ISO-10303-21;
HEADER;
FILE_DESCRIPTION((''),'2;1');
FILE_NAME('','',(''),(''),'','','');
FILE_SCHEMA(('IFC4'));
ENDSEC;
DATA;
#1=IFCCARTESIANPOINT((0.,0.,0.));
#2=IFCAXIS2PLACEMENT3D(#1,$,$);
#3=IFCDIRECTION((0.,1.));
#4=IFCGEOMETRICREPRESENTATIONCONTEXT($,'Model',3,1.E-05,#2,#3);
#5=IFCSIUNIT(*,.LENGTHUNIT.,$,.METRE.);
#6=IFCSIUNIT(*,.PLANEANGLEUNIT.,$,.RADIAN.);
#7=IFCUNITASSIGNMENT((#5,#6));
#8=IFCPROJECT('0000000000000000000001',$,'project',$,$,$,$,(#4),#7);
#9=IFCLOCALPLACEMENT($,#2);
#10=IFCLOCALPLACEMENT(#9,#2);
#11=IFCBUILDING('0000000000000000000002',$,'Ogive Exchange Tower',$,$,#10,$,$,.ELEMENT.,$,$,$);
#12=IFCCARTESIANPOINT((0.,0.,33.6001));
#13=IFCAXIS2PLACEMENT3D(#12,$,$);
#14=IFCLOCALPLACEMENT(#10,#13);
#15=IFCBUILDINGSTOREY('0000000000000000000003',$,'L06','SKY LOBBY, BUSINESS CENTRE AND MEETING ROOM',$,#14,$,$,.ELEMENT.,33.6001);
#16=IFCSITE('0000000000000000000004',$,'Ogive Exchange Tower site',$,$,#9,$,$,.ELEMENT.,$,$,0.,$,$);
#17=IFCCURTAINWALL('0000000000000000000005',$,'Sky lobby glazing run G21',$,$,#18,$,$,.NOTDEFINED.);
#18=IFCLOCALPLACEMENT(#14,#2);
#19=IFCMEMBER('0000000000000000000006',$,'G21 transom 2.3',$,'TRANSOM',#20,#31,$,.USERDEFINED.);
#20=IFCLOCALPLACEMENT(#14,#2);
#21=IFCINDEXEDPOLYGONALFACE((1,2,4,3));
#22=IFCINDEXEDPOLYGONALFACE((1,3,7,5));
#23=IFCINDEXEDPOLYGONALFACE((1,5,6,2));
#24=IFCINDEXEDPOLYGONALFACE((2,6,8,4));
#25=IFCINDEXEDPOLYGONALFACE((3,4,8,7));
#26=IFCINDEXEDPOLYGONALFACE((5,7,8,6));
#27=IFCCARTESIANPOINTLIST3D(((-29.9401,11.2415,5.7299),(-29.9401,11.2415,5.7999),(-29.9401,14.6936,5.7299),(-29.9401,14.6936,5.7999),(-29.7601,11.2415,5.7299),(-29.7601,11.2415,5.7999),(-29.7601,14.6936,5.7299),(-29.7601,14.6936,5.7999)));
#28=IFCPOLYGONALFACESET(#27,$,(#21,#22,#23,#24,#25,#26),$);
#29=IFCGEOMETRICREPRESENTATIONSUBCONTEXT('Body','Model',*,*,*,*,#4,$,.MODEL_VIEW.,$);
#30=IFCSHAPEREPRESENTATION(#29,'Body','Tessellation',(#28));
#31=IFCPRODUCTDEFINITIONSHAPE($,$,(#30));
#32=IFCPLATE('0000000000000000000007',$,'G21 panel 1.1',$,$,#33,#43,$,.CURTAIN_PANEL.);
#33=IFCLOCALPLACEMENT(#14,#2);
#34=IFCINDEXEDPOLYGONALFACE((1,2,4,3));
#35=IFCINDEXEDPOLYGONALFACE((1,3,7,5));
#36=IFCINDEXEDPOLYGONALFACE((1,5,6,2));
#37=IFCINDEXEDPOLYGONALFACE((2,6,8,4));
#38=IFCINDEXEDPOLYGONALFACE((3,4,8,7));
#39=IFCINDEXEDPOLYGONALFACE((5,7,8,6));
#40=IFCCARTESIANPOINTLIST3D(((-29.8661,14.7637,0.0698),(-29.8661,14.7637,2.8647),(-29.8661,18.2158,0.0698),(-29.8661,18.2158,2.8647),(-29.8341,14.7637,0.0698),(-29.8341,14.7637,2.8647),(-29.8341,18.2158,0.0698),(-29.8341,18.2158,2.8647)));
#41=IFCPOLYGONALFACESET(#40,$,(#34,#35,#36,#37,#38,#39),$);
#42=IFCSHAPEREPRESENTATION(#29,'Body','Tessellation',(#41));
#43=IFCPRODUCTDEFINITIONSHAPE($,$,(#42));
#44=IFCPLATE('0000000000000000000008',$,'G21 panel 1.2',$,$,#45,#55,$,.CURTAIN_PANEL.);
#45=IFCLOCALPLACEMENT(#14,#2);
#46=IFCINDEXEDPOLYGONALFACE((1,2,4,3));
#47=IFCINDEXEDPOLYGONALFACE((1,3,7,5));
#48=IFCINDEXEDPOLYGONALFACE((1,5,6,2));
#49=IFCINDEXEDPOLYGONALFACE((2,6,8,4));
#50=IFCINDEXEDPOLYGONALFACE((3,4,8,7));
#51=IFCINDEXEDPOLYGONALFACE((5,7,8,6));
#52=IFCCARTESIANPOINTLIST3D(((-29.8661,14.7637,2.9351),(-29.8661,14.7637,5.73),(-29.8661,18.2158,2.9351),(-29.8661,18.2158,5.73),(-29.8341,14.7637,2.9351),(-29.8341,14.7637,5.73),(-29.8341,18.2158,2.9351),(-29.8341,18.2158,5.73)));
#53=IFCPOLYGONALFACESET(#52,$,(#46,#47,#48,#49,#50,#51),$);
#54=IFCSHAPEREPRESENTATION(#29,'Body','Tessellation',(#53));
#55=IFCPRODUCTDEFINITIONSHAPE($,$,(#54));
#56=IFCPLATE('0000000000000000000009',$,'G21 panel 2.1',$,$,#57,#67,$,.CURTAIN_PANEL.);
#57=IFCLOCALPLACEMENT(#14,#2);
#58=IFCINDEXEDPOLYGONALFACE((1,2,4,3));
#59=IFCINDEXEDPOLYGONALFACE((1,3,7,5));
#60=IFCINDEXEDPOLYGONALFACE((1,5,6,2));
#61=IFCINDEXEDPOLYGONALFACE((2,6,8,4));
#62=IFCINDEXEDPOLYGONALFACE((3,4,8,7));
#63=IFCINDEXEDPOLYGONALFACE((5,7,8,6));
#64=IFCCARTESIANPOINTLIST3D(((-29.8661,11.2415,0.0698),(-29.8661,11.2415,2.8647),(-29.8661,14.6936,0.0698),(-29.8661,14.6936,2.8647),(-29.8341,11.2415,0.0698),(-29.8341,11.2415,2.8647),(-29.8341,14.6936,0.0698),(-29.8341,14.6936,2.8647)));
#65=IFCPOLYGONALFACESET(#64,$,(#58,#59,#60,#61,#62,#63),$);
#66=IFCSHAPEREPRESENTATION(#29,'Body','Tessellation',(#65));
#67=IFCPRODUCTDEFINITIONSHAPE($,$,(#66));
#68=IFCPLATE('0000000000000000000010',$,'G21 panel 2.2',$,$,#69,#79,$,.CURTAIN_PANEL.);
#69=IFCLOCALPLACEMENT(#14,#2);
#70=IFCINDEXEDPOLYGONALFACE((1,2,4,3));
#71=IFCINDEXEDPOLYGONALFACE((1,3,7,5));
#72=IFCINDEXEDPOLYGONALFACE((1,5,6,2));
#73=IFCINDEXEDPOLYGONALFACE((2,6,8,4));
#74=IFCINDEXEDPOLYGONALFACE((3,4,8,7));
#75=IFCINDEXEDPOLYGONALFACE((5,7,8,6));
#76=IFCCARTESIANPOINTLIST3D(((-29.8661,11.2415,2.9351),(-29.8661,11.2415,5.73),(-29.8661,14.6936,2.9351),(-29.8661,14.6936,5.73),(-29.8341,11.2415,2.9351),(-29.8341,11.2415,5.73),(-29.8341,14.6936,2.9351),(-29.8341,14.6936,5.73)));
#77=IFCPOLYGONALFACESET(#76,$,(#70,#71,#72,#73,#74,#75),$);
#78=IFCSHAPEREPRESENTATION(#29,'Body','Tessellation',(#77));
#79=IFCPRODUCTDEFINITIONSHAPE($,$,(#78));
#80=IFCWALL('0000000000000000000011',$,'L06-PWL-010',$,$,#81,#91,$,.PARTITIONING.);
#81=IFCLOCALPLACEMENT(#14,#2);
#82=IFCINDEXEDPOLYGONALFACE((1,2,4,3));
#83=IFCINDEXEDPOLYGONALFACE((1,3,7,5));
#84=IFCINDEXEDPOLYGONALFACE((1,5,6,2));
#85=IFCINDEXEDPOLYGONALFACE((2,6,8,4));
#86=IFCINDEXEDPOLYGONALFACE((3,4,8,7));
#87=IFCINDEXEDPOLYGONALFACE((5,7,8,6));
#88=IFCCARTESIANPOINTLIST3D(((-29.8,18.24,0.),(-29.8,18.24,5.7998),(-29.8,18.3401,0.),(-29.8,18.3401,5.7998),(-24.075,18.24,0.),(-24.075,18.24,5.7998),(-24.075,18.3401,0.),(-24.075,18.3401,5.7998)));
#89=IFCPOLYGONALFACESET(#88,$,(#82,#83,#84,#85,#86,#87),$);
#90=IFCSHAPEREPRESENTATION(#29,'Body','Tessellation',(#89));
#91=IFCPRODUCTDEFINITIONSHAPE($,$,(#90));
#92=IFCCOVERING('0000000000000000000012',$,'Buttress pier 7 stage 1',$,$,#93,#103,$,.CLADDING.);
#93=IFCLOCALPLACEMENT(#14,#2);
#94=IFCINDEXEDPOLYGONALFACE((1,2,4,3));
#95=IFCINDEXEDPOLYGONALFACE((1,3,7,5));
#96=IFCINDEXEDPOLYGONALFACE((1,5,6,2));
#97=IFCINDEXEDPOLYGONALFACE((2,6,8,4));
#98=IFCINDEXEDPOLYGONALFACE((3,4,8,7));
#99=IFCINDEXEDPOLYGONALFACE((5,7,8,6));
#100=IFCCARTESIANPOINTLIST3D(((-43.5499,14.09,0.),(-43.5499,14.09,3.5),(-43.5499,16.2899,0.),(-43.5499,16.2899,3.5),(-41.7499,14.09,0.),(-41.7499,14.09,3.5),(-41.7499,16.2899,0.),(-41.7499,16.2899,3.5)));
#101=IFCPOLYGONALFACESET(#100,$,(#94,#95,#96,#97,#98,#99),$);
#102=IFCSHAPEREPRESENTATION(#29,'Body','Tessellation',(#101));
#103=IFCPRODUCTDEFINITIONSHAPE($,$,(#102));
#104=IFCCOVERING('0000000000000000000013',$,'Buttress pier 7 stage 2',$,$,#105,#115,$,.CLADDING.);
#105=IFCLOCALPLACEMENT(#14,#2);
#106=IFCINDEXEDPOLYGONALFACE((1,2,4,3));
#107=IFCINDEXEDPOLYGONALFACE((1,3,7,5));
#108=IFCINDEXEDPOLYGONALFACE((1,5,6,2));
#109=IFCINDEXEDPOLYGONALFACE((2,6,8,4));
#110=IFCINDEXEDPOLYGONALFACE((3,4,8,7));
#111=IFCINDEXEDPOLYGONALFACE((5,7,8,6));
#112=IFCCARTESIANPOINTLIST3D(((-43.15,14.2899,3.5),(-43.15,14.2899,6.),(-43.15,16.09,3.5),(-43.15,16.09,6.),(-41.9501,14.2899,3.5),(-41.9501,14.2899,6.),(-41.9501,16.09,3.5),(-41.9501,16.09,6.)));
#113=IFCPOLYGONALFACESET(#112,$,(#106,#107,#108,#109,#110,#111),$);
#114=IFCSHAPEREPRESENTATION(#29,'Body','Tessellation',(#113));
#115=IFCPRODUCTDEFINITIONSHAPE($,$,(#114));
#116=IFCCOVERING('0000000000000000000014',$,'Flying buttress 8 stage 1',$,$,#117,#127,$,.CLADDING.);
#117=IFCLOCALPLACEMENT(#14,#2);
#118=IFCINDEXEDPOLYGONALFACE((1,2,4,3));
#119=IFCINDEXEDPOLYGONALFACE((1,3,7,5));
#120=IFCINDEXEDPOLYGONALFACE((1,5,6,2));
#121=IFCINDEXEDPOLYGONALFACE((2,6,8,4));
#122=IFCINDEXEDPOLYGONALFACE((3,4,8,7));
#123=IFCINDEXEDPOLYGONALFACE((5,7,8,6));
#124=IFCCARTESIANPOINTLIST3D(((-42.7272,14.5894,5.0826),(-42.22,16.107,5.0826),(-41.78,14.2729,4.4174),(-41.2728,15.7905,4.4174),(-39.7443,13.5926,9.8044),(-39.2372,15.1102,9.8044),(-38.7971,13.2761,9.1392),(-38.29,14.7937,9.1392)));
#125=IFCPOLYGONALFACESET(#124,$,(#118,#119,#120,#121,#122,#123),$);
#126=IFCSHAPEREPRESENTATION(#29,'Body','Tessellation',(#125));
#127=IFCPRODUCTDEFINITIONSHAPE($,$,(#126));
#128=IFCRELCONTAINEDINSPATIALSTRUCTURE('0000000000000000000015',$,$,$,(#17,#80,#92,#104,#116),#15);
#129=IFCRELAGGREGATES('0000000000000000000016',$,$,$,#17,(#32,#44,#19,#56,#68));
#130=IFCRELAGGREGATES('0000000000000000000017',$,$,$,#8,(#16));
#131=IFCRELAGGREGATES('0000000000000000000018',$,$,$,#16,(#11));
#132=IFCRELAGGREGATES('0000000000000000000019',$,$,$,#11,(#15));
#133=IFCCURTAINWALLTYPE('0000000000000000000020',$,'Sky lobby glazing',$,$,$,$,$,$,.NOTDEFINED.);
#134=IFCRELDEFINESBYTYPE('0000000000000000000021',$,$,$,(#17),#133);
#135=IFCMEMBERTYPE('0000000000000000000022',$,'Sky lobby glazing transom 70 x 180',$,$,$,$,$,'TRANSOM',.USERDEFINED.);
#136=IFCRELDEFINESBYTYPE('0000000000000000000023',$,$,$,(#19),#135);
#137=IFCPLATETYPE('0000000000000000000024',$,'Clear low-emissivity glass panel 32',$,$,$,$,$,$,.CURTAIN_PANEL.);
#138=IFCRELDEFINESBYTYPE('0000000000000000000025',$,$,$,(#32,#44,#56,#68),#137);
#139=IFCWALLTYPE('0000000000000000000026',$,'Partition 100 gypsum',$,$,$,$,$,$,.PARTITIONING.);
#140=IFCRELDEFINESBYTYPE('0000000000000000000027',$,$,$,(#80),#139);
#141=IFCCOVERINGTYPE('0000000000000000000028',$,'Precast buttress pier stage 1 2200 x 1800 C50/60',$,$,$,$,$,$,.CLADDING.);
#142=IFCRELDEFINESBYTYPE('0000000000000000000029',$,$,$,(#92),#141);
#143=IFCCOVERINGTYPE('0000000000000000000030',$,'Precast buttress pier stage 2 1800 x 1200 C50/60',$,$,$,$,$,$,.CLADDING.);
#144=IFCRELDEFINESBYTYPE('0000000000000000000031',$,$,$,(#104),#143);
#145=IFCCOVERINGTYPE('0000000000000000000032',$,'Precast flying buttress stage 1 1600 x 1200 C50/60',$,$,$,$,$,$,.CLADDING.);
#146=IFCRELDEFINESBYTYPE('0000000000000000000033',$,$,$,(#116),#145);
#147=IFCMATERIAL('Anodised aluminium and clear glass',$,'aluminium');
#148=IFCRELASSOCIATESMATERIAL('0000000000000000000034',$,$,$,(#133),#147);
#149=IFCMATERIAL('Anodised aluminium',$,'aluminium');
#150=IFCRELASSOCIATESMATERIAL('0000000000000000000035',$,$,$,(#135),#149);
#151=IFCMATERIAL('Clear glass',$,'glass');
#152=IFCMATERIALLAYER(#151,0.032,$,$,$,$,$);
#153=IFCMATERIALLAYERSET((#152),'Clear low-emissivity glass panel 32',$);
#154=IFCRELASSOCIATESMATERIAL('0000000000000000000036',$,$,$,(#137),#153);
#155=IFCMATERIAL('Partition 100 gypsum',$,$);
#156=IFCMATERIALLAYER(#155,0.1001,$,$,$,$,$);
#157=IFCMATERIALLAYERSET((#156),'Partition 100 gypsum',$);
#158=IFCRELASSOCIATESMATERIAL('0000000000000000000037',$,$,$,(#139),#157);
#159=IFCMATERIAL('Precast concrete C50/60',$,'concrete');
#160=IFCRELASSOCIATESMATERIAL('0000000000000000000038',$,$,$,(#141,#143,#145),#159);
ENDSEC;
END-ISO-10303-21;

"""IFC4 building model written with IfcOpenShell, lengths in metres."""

from ifc_helpers import new_model, si_unit, direction, frame, frame_2d, origin, origin_2d, place, context, subcontext, project, spatial, rectangle, extrude, material, layer, layer_set, material_profile, profile_set, type_object, element, aggregate, save


model = new_model("IFC4")

# Units and contexts
model_context = context("Model", 3, precision=1e-05, world=origin(), true_north=direction((0.0, 1.0)))
body_context = subcontext(model_context, "Body", "Model", "MODEL_VIEW")
ifc_project = project(units=[si_unit("LENGTHUNIT", "METRE"), si_unit("PLANEANGLEUNIT", "RADIAN")], contexts=[model_context])

# Site, building, storey
site_placement = place(None, origin())
site = spatial("IfcSite", under=ifc_project, at=site_placement, Name="Ogive Exchange Tower site", CompositionType="ELEMENT", RefElevation=0.0)
building_placement = place(site_placement, origin())
building = spatial("IfcBuilding", under=site, at=building_placement, Name="Ogive Exchange Tower", CompositionType="ELEMENT")
storey_placement = place(building_placement, frame((0.0, 0.0, 33.6001)))
storey = spatial("IfcBuildingStorey", under=building, at=storey_placement, Name="L06", Description="SKY LOBBY, BUSINESS CENTRE AND MEETING ROOM", CompositionType="ELEMENT", Elevation=33.6001)

# Shared definitions
ifc_material_1 = material(Name="Anodised aluminium and clear glass", Category="aluminium")
curtain_wall_type = type_object("IfcCurtainWallType", Name="Sky lobby glazing", PredefinedType="NOTDEFINED", material=ifc_material_1)
ifc_material_2 = material(Name="Anodised aluminium", Category="aluminium")

# Curtain wall, member, plates
curtain_wall_1_placement = place(storey_placement, origin())
curtain_wall_1 = element("IfcCurtainWall", 1, at=curtain_wall_1_placement, inside=storey, type_object=curtain_wall_type, Name="Sky lobby glazing run G21", PredefinedType="NOTDEFINED")
ifc_material_profile_1 = material_profile(ifc_material_2, rectangle(XDim=0.1799, YDim=0.0701, at=origin_2d()), Name="AL 70x180")
ifc_profile_set_1 = profile_set([ifc_material_profile_1], Name="Anodised aluminium")
member_type_1 = type_object("IfcMemberType", Name="Sky lobby glazing transom 70 x 180", ElementType="TRANSOM", PredefinedType="USERDEFINED", material=ifc_profile_set_1)
member_1_placement = place(storey_placement, frame((-29.8501, 14.6936, 5.7649), z_axis=(0.0, -1.0, 0.0), x_axis=(1.0, 0.0, 0.0)))
member_1 = element("IfcMember", 2, at=member_1_placement, type_object=member_type_1, Name="G21 transom 2.3", ObjectType="TRANSOM", PredefinedType="USERDEFINED", context=body_context, shape_type="SweptSolid", body=[
    extrude(rectangle(XDim=0.1799, YDim=0.0701, at=origin_2d()), origin(), (0.0, 0.0, 1.0), 3.4521),
])
ifc_material_3 = material(Name="Clear glass", Category="glass")
ifc_layer_1 = layer(ifc_material_3, 0.032)
ifc_layer_set_1 = layer_set([ifc_layer_1], Name="Clear low-emissivity glass panel 32")
plate_type = type_object("IfcPlateType", Name="Clear low-emissivity glass panel 32", PredefinedType="CURTAIN_PANEL", material=ifc_layer_set_1)
plate_1_placement = place(storey_placement, frame((-29.8501, 16.4897, 0.0698), z_axis=(0.0, 0.0, 1.0), x_axis=(0.0, -1.0, 0.0)))
plate_1 = element("IfcPlate", 3, at=plate_1_placement, type_object=plate_type, Name="G21 panel 1.1", PredefinedType="CURTAIN_PANEL", context=body_context, shape_type="SweptSolid", body=[
    extrude(rectangle(XDim=3.4521, YDim=0.032, at=origin_2d()), origin(), (0.0, 0.0, 1.0), 2.7949),
])
plate_2_placement = place(storey_placement, frame((-29.8501, 16.4897, 2.9351), z_axis=(0.0, 0.0, 1.0), x_axis=(0.0, -1.0, 0.0)))
plate_2 = element("IfcPlate", 4, at=plate_2_placement, type_object=plate_type, Name="G21 panel 1.2", PredefinedType="CURTAIN_PANEL", context=body_context, shape_type="SweptSolid", body=[
    extrude(rectangle(XDim=3.4521, YDim=0.032, at=origin_2d()), origin(), (0.0, 0.0, 1.0), 2.7949),
])
plate_3_placement = place(storey_placement, frame((-29.8501, 12.9675, 0.0698), z_axis=(0.0, 0.0, 1.0), x_axis=(0.0, -1.0, 0.0)))
plate_3 = element("IfcPlate", 5, at=plate_3_placement, type_object=plate_type, Name="G21 panel 2.1", PredefinedType="CURTAIN_PANEL", context=body_context, shape_type="SweptSolid", body=[
    extrude(rectangle(XDim=3.4521, YDim=0.032, at=origin_2d()), origin(), (0.0, 0.0, 1.0), 2.7949),
])
plate_4_placement = place(storey_placement, frame((-29.8501, 12.9675, 2.9351), z_axis=(0.0, 0.0, 1.0), x_axis=(0.0, -1.0, 0.0)))
plate_4 = element("IfcPlate", 6, at=plate_4_placement, type_object=plate_type, Name="G21 panel 2.2", PredefinedType="CURTAIN_PANEL", context=body_context, shape_type="SweptSolid", body=[
    extrude(rectangle(XDim=3.4521, YDim=0.032, at=origin_2d()), origin(), (0.0, 0.0, 1.0), 2.7949),
])
aggregate(curtain_wall_1, [plate_1, plate_2, member_1, plate_3, plate_4])

# Wall
ifc_material_4 = material(Name="Partition 100 gypsum")
ifc_layer_2 = layer(ifc_material_4, 0.1001)
ifc_layer_set_2 = layer_set([ifc_layer_2], Name="Partition 100 gypsum")
wall_type = type_object("IfcWallType", Name="Partition 100 gypsum", PredefinedType="PARTITIONING", material=ifc_layer_set_2)
wall_placement = place(storey_placement, frame((-24.075, 18.29, 0.0), z_axis=(0.0, 0.0, 1.0), x_axis=(-1.0, 0.0, 0.0)))
element("IfcWall", 7, at=wall_placement, inside=storey, type_object=wall_type, Name="L06-PWL-010", PredefinedType="PARTITIONING", context=body_context, shape_type="SweptSolid", body=[
    extrude(rectangle(XDim=5.7251, YDim=0.1001, at=frame_2d((2.8625, 0.0))), origin(), (0.0, 0.0, 1.0), 5.7998),
])

# Coverings
ifc_material_5 = material(Name="Precast concrete C50/60", Category="concrete")
ifc_material_profile_2 = material_profile(ifc_material_5, rectangle(XDim=2.2, YDim=1.8, at=origin_2d()), Name="BUTTRESS PIER 1 2200 x 1800")
ifc_profile_set_2 = profile_set([ifc_material_profile_2], Name="Precast concrete C50/60")
covering_type_1 = type_object("IfcCoveringType", Name="Precast buttress pier stage 1 2200 x 1800 C50/60", PredefinedType="CLADDING", material=ifc_profile_set_2)
covering_1_placement = place(storey_placement, frame((-42.6499, 15.1899, 0.0), z_axis=(0.0, 0.0, 1.0), x_axis=(0.0, 1.0, 0.0)))
element("IfcCovering", 8, at=covering_1_placement, inside=storey, type_object=covering_type_1, Name="Buttress pier 7 stage 1", PredefinedType="CLADDING", context=body_context, shape_type="SweptSolid", body=[
    extrude(rectangle(XDim=2.2, YDim=1.8, at=origin_2d()), origin(), (0.0, 0.0, 1.0), 3.5),
])
ifc_material_profile_3 = material_profile(ifc_material_5, rectangle(XDim=1.8, YDim=1.2, at=origin_2d()), Name="BUTTRESS PIER 2 1800 x 1200")
ifc_profile_set_3 = profile_set([ifc_material_profile_3], Name="Precast concrete C50/60")
covering_type_2 = type_object("IfcCoveringType", Name="Precast buttress pier stage 2 1800 x 1200 C50/60", PredefinedType="CLADDING", material=ifc_profile_set_3)
covering_2_placement = place(storey_placement, frame((-42.55, 15.1899, 3.5), z_axis=(0.0, 0.0, 1.0), x_axis=(0.0, 1.0, 0.0)))
element("IfcCovering", 9, at=covering_2_placement, inside=storey, type_object=covering_type_2, Name="Buttress pier 7 stage 2", PredefinedType="CLADDING", context=body_context, shape_type="SweptSolid", body=[
    extrude(rectangle(XDim=1.8, YDim=1.2, at=origin_2d()), origin(), (0.0, 0.0, 1.0), 2.5),
])
ifc_material_profile_4 = material_profile(ifc_material_5, rectangle(XDim=1.6001, YDim=1.2, at=origin_2d()), Name="FLYING BUTTRESS 1 1600 x 1200")
ifc_profile_set_4 = profile_set([ifc_material_profile_4], Name="Precast concrete C50/60")
covering_type_3 = type_object("IfcCoveringType", Name="Precast flying buttress stage 1 1600 x 1200 C50/60", PredefinedType="CLADDING", material=ifc_profile_set_4)
covering_3_placement = place(storey_placement, frame((-42.0, 15.1899, 4.75), z_axis=(0.525767, -0.1757, 0.832285), x_axis=(0.31695, 0.948442, 0.0)))
element("IfcCovering", 10, at=covering_3_placement, inside=storey, type_object=covering_type_3, Name="Flying buttress 8 stage 1", PredefinedType="CLADDING", context=body_context, shape_type="SweptSolid", body=[
    extrude(rectangle(XDim=1.6001, YDim=1.2, at=origin_2d()), origin(), (0.0, 0.0, 1.0), 5.6733),
])

save(model, "model.ifc")
